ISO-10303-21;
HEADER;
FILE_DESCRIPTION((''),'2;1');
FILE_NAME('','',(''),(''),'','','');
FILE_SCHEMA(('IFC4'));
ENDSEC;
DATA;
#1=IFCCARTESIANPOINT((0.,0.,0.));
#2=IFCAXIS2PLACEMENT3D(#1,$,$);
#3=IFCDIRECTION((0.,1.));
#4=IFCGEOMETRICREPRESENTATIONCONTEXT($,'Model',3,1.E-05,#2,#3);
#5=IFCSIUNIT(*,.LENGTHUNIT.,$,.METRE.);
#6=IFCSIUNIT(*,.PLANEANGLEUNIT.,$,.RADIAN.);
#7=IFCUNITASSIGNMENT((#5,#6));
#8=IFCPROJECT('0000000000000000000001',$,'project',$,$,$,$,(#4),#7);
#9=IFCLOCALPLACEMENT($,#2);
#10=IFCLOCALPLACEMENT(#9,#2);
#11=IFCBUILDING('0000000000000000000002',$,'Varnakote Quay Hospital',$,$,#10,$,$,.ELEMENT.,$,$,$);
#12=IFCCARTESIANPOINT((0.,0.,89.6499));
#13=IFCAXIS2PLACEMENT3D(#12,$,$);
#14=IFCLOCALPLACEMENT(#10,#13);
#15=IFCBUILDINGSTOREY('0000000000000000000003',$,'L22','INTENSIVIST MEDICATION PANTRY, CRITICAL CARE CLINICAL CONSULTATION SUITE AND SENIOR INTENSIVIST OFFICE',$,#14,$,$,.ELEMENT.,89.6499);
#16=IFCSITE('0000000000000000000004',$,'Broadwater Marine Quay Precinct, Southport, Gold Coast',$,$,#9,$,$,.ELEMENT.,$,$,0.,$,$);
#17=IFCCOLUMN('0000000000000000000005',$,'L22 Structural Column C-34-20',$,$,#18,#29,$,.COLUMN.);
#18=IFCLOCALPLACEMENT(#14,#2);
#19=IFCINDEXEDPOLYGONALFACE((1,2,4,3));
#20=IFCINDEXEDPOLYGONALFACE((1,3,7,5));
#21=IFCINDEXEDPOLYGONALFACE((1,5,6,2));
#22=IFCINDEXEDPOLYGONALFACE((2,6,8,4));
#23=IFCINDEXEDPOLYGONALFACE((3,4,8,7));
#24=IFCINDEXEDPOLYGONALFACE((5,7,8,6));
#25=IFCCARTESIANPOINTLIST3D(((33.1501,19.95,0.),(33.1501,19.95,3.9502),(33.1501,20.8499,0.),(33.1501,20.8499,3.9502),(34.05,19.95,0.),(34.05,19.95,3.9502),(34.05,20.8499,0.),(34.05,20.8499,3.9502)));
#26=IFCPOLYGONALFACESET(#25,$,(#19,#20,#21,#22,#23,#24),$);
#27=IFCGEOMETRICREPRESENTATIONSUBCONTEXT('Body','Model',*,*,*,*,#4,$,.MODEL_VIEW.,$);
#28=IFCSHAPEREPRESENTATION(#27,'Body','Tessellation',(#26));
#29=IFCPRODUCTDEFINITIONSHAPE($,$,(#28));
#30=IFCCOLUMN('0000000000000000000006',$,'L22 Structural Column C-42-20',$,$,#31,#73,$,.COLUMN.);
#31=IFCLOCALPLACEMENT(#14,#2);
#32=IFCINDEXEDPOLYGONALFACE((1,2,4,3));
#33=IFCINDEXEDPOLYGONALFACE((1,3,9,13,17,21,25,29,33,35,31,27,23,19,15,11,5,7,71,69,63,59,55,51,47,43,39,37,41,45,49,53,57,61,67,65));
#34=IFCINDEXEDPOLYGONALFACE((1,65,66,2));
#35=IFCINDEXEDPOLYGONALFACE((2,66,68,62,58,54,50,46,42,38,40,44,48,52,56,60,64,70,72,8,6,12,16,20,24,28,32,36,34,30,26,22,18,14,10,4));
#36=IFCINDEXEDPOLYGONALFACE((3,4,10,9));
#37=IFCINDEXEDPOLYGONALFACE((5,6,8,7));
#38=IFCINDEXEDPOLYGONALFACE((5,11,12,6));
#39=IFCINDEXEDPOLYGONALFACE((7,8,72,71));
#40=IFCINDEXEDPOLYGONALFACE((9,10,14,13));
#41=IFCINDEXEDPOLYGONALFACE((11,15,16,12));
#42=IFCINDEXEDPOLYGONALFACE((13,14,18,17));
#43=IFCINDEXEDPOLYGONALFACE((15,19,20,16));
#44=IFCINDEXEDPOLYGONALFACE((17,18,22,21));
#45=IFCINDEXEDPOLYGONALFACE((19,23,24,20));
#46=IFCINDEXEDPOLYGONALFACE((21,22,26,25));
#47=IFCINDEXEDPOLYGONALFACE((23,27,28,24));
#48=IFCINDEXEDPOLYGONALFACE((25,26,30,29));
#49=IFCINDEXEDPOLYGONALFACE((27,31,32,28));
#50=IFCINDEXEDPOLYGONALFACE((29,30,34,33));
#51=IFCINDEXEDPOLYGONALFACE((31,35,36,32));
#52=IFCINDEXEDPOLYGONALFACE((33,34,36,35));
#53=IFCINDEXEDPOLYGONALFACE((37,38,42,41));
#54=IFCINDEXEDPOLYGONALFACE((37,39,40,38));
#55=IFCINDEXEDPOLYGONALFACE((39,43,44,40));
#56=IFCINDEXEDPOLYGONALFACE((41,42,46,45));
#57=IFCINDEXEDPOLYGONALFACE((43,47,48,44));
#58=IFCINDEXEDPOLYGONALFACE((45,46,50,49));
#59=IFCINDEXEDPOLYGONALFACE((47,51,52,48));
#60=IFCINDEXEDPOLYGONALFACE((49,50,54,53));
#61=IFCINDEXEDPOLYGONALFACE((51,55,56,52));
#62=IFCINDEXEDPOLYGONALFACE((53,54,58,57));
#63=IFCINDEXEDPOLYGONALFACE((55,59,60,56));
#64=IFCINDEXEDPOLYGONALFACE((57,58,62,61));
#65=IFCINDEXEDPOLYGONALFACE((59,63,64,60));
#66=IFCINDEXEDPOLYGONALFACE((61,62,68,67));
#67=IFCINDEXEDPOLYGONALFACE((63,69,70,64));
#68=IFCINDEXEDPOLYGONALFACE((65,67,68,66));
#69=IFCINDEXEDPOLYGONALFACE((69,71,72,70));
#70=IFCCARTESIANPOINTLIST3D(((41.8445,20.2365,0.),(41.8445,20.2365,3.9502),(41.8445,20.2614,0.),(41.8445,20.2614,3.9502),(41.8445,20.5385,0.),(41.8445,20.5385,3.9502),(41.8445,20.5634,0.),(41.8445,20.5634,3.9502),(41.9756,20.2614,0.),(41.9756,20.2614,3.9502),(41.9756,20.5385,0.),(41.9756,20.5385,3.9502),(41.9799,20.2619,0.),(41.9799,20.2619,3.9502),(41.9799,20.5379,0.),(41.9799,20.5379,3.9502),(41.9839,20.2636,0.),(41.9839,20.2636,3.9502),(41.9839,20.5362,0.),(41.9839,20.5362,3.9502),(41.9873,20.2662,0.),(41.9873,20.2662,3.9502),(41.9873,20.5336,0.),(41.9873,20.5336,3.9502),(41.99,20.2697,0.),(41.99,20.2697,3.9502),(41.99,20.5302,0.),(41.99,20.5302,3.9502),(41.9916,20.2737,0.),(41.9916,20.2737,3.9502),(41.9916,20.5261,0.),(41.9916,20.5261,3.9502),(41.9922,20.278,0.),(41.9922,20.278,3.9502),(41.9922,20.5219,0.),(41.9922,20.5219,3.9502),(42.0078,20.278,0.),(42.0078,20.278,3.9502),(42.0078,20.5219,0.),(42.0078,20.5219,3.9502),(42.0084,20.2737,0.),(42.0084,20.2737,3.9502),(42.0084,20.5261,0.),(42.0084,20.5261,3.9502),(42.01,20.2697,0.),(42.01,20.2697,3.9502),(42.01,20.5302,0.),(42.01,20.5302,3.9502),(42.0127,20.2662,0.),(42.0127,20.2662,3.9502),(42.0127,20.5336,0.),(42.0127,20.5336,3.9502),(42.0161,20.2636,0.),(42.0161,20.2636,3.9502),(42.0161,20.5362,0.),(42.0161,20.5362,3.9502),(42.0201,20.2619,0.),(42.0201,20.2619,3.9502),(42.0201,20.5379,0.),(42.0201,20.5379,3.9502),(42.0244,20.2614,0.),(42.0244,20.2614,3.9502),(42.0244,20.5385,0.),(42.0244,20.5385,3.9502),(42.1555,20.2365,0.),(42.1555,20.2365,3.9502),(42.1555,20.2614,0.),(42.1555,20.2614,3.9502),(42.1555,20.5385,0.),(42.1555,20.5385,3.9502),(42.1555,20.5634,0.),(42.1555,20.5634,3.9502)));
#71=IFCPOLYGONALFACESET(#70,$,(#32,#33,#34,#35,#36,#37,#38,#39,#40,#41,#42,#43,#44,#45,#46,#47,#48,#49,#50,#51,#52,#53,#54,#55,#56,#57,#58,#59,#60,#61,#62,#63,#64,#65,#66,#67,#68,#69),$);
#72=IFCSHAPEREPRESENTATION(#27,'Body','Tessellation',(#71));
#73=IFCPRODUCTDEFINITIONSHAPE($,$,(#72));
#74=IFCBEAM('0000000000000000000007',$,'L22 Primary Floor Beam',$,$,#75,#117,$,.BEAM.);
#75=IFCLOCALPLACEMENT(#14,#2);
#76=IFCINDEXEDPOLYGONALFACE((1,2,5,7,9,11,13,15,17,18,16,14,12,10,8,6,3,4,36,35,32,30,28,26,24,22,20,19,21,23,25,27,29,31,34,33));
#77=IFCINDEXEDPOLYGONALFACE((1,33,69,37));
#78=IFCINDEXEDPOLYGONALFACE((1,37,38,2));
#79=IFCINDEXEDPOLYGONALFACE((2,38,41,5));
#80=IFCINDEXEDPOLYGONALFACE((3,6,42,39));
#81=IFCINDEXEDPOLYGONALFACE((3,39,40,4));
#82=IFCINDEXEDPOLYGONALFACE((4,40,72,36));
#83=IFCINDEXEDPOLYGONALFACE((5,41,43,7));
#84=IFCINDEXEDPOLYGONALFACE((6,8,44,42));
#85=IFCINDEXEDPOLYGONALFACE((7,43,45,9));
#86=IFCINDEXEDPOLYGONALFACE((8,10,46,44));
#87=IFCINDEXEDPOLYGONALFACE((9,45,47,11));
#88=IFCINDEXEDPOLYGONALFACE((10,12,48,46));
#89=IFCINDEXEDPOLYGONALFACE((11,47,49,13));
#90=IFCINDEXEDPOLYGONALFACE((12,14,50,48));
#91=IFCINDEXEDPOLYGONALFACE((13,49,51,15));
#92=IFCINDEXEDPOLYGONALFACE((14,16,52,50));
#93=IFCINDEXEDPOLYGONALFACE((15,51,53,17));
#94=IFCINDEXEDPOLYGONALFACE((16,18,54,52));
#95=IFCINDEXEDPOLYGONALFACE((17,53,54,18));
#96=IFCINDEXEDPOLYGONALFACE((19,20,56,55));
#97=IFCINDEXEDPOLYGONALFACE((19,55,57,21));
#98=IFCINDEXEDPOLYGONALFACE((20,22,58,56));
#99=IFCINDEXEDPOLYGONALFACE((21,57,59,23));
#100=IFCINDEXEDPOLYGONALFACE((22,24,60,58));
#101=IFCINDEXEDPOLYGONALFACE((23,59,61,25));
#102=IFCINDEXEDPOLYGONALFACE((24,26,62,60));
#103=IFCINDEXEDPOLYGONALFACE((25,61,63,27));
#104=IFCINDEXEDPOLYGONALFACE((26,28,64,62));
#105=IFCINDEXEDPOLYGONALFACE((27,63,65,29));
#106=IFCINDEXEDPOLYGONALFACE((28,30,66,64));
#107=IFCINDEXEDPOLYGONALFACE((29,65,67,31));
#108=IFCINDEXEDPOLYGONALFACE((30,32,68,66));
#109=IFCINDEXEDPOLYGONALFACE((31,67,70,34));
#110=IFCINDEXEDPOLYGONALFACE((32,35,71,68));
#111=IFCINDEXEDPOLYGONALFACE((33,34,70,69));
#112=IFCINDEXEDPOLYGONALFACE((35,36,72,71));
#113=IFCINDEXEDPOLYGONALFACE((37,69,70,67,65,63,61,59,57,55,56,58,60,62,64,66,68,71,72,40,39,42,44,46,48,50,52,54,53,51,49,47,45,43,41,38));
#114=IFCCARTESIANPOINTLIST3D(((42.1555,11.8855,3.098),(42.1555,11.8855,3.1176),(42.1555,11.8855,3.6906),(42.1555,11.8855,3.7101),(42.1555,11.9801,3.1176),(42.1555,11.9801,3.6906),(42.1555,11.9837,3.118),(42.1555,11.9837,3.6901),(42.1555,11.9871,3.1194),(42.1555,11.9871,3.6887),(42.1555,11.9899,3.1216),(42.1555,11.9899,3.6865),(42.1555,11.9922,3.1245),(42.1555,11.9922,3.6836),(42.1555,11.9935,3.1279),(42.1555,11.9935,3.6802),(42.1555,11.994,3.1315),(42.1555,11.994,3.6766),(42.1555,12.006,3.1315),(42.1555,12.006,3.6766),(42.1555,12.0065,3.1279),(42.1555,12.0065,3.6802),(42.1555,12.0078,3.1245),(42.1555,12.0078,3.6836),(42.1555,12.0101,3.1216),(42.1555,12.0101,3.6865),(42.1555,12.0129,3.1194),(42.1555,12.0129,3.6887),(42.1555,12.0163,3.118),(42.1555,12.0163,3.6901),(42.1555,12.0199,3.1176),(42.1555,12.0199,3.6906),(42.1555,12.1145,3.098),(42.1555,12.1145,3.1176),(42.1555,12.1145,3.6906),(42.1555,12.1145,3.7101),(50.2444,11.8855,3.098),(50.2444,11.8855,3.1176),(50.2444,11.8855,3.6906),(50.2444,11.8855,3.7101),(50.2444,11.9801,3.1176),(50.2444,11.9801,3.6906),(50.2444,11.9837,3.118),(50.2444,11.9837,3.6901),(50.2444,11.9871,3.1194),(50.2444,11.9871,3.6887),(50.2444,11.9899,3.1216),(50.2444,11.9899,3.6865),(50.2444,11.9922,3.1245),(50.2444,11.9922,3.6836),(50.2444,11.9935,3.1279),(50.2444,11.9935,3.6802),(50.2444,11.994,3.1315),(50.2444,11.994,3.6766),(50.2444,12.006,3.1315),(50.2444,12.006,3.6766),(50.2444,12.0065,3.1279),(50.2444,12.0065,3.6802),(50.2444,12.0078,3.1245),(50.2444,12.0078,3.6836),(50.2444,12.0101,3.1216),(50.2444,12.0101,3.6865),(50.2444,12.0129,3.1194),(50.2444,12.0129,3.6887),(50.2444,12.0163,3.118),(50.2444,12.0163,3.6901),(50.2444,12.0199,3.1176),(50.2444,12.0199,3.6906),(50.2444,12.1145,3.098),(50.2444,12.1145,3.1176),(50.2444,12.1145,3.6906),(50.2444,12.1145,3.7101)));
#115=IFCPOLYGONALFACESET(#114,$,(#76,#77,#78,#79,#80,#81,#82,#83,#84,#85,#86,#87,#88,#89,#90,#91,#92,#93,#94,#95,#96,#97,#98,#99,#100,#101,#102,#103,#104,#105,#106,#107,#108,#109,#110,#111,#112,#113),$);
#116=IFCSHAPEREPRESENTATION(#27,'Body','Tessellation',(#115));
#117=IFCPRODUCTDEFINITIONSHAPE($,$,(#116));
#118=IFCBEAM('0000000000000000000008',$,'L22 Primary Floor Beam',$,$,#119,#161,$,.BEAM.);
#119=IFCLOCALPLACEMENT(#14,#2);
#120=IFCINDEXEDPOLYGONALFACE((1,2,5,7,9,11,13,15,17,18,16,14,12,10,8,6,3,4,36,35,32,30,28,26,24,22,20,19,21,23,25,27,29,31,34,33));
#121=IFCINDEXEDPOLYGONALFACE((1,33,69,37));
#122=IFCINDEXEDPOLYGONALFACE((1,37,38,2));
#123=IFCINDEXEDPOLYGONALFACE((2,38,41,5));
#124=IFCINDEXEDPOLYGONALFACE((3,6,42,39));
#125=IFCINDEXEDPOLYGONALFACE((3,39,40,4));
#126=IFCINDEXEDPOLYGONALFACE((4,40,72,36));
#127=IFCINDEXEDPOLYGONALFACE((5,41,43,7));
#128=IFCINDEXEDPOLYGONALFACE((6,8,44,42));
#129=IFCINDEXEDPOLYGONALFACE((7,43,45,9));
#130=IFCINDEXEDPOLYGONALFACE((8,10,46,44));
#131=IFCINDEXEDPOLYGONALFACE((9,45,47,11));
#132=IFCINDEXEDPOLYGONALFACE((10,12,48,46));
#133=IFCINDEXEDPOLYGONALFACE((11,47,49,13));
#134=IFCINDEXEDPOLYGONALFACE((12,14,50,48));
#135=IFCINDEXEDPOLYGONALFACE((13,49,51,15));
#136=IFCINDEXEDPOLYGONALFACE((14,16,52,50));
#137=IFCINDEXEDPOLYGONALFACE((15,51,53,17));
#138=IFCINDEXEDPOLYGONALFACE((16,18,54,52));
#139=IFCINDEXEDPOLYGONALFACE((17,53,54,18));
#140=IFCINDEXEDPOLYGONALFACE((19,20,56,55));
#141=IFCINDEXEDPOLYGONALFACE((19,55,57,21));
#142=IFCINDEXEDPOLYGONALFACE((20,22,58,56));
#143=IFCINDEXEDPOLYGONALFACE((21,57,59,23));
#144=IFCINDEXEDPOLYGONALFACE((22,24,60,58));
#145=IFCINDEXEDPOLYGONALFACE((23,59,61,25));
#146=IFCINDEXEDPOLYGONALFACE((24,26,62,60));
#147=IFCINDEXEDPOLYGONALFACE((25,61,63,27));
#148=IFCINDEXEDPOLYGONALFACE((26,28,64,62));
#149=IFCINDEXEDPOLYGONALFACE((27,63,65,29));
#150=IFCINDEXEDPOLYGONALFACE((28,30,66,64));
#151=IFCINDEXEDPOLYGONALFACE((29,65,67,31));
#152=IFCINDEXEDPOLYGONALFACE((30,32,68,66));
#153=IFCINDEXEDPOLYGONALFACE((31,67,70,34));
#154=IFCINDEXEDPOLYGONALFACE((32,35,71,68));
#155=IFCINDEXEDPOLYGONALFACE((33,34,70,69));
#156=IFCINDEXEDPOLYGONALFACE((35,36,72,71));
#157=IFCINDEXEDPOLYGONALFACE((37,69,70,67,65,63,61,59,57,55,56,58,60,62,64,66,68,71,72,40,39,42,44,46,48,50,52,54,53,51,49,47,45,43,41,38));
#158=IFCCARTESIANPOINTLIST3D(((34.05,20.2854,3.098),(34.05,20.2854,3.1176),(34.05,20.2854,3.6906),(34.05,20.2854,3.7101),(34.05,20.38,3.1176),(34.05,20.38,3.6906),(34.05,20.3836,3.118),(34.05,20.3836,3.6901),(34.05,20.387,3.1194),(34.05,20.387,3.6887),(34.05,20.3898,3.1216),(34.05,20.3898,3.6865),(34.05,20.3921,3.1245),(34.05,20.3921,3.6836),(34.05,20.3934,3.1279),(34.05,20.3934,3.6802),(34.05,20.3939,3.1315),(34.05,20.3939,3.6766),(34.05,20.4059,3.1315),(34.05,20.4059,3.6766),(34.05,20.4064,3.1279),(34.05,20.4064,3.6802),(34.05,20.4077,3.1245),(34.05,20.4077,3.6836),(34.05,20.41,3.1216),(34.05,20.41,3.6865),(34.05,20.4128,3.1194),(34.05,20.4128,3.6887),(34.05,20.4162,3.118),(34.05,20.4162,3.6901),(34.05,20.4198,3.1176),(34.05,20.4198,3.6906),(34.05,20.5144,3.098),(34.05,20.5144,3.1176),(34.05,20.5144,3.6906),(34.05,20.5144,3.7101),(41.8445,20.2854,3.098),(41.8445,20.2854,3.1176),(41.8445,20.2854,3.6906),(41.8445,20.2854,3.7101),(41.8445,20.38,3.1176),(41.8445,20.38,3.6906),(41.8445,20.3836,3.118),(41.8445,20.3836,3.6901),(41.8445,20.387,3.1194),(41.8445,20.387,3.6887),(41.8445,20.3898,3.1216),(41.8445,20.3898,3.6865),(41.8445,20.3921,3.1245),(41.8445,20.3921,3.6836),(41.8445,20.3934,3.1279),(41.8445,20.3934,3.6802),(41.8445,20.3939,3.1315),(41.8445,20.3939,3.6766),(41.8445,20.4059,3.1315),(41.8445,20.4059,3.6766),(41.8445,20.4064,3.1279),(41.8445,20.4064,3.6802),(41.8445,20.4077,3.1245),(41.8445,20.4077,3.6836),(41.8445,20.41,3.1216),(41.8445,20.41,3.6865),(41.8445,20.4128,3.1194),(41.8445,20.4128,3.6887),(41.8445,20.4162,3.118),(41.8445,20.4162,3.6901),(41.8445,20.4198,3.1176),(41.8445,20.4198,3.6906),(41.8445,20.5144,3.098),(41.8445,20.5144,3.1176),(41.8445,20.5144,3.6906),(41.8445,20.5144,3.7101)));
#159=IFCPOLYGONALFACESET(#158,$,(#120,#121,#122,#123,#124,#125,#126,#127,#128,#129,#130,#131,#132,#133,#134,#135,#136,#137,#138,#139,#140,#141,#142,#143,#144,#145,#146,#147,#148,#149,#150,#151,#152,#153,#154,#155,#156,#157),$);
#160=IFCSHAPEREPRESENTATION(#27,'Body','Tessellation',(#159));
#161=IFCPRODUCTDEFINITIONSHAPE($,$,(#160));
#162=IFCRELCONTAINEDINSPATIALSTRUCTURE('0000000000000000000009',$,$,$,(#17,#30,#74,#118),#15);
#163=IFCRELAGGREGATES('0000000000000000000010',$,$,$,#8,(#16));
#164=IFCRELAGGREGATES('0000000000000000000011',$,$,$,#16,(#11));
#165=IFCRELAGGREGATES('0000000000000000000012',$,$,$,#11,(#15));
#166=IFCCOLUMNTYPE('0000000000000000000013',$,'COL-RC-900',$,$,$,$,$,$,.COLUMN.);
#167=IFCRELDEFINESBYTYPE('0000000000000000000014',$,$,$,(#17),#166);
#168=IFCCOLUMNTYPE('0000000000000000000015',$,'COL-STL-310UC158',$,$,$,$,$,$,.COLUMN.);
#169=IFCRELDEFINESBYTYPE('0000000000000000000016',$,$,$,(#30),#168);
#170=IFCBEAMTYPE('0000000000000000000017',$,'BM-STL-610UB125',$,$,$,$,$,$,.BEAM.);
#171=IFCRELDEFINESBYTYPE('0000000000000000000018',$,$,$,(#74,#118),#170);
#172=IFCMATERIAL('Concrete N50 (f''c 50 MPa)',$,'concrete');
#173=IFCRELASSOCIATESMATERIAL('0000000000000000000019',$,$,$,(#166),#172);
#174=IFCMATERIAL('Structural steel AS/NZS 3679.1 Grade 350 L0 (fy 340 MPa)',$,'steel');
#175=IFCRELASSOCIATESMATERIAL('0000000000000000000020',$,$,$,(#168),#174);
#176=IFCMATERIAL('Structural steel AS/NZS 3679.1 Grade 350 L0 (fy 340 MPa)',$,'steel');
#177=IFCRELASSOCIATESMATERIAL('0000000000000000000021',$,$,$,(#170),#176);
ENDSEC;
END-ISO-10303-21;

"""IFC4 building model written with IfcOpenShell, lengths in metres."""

from ifc_helpers import new_model, si_unit, direction, frame, origin, origin_2d, place, context, subcontext, project, spatial, rectangle, i_section, extrude, material, material_profile, profile_set, type_object, element, save


model = new_model("IFC4")

# Units and contexts
model_context = context("Model", 3, precision=1e-05, world=origin(), true_north=direction((0.0, 1.0)))
body_context = subcontext(model_context, "Body", "Model", "MODEL_VIEW")
ifc_project = project(units=[si_unit("LENGTHUNIT", "METRE"), si_unit("PLANEANGLEUNIT", "RADIAN")], contexts=[model_context])

# Site, building, storey
site_placement = place(None, origin())
site = spatial("IfcSite", under=ifc_project, at=site_placement, Name="Broadwater Marine Quay Precinct, Southport, Gold Coast", CompositionType="ELEMENT", RefElevation=0.0)
building_placement = place(site_placement, origin())
building = spatial("IfcBuilding", under=site, at=building_placement, Name="Varnakote Quay Hospital", CompositionType="ELEMENT")
storey_placement = place(building_placement, frame((0.0, 0.0, 89.6499)))
storey = spatial("IfcBuildingStorey", under=building, at=storey_placement, Name="L22", Description="INTENSIVIST MEDICATION PANTRY, CRITICAL CARE CLINICAL CONSULTATION SUITE AND SENIOR INTENSIVIST OFFICE", CompositionType="ELEMENT", Elevation=89.6499)

# Columns
ifc_material_1 = material(Name="Concrete N50 (f'c 50 MPa)", Category="concrete")
ifc_material_profile_1 = material_profile(ifc_material_1, rectangle(XDim=0.8999, YDim=0.8999, at=origin_2d()), Name="RC-COL-900x900")
ifc_profile_set_1 = profile_set([ifc_material_profile_1], Name="Concrete N50 (f'c 50 MPa)")
column_type_1 = type_object("IfcColumnType", Name="COL-RC-900", PredefinedType="COLUMN", material=ifc_profile_set_1)
column_1_placement = place(storey_placement, frame((33.6001, 20.3999, 0.0), z_axis=(0.0, 0.0, 1.0), x_axis=(1.0, 0.0, 0.0)))
element("IfcColumn", 1, at=column_1_placement, inside=storey, type_object=column_type_1, Name="L22 Structural Column C-34-20", PredefinedType="COLUMN", context=body_context, shape_type="SweptSolid", body=[
    extrude(rectangle(XDim=0.8999, YDim=0.8999, at=origin_2d()), origin(), (0.0, 0.0, 1.0), 3.9502),
])
ifc_material_2 = material(Name="Structural steel AS/NZS 3679.1 Grade 350 L0 (fy 340 MPa)", Category="steel")
ifc_material_profile_2 = material_profile(ifc_material_2, i_section(OverallWidth=0.311, OverallDepth=0.3269, WebThickness=0.0156, FlangeThickness=0.0249, FilletRadius=0.0166, at=origin_2d()), Name="310UC158")
ifc_profile_set_2 = profile_set([ifc_material_profile_2], Name="Structural steel AS/NZS 3679.1 Grade 350 L0 (fy 340 MPa)")
column_type_2 = type_object("IfcColumnType", Name="COL-STL-310UC158", PredefinedType="COLUMN", material=ifc_profile_set_2)
column_2_placement = place(storey_placement, frame((42.0, 20.3999, 0.0), z_axis=(0.0, 0.0, 1.0), x_axis=(1.0, 0.0, 0.0)))
element("IfcColumn", 2, at=column_2_placement, inside=storey, type_object=column_type_2, Name="L22 Structural Column C-42-20", PredefinedType="COLUMN", context=body_context, shape_type="SweptSolid", body=[
    extrude(i_section(OverallWidth=0.311, OverallDepth=0.3269, WebThickness=0.0156, FlangeThickness=0.0249, FilletRadius=0.0166, at=origin_2d()), origin(), (0.0, 0.0, 1.0), 3.9502),
])

# Beams
ifc_material_3 = material(Name="Structural steel AS/NZS 3679.1 Grade 350 L0 (fy 340 MPa)", Category="steel")
ifc_material_profile_3 = material_profile(ifc_material_3, i_section(OverallWidth=0.229, OverallDepth=0.6121, WebThickness=0.012, FlangeThickness=0.0195, FilletRadius=0.0139, at=origin_2d()), Name="610UB125")
ifc_profile_set_3 = profile_set([ifc_material_profile_3], Name="Structural steel AS/NZS 3679.1 Grade 350 L0 (fy 340 MPa)")
beam_type_1 = type_object("IfcBeamType", Name="BM-STL-610UB125", PredefinedType="BEAM", material=ifc_profile_set_3)
beam_1_placement = place(storey_placement, frame((42.1555, 12.0, 3.4041), z_axis=(1.0, 0.0, 0.0), x_axis=(0.0, 1.0, 0.0)))
element("IfcBeam", 3, at=beam_1_placement, inside=storey, type_object=beam_type_1, Name="L22 Primary Floor Beam", PredefinedType="BEAM", context=body_context, shape_type="SweptSolid", body=[
    extrude(i_section(OverallWidth=0.229, OverallDepth=0.6121, WebThickness=0.012, FlangeThickness=0.0195, FilletRadius=0.0139, at=origin_2d()), origin(), (0.0, 0.0, 1.0), 8.0889),
])
for number, where, z_axis, x_axis, name in (
    (4, (34.05, 20.3999, 3.4041), (1.0, 0.0, 0.0), (0.0, 1.0, 0.0), "L22 Primary Floor Beam"),
):
    element("IfcBeam", number, at=place(storey_placement, frame(where, z_axis=z_axis, x_axis=x_axis)), inside=storey, type_object=beam_type_1, Name=name, PredefinedType="BEAM", context=body_context, shape_type="SweptSolid", body=[
        extrude(i_section(OverallWidth=0.229, OverallDepth=0.6121, WebThickness=0.012, FlangeThickness=0.0195, FilletRadius=0.0139, at=origin_2d()), origin(), (0.0, 0.0, 1.0), 7.7944),
    ])

save(model, "model.ifc")
